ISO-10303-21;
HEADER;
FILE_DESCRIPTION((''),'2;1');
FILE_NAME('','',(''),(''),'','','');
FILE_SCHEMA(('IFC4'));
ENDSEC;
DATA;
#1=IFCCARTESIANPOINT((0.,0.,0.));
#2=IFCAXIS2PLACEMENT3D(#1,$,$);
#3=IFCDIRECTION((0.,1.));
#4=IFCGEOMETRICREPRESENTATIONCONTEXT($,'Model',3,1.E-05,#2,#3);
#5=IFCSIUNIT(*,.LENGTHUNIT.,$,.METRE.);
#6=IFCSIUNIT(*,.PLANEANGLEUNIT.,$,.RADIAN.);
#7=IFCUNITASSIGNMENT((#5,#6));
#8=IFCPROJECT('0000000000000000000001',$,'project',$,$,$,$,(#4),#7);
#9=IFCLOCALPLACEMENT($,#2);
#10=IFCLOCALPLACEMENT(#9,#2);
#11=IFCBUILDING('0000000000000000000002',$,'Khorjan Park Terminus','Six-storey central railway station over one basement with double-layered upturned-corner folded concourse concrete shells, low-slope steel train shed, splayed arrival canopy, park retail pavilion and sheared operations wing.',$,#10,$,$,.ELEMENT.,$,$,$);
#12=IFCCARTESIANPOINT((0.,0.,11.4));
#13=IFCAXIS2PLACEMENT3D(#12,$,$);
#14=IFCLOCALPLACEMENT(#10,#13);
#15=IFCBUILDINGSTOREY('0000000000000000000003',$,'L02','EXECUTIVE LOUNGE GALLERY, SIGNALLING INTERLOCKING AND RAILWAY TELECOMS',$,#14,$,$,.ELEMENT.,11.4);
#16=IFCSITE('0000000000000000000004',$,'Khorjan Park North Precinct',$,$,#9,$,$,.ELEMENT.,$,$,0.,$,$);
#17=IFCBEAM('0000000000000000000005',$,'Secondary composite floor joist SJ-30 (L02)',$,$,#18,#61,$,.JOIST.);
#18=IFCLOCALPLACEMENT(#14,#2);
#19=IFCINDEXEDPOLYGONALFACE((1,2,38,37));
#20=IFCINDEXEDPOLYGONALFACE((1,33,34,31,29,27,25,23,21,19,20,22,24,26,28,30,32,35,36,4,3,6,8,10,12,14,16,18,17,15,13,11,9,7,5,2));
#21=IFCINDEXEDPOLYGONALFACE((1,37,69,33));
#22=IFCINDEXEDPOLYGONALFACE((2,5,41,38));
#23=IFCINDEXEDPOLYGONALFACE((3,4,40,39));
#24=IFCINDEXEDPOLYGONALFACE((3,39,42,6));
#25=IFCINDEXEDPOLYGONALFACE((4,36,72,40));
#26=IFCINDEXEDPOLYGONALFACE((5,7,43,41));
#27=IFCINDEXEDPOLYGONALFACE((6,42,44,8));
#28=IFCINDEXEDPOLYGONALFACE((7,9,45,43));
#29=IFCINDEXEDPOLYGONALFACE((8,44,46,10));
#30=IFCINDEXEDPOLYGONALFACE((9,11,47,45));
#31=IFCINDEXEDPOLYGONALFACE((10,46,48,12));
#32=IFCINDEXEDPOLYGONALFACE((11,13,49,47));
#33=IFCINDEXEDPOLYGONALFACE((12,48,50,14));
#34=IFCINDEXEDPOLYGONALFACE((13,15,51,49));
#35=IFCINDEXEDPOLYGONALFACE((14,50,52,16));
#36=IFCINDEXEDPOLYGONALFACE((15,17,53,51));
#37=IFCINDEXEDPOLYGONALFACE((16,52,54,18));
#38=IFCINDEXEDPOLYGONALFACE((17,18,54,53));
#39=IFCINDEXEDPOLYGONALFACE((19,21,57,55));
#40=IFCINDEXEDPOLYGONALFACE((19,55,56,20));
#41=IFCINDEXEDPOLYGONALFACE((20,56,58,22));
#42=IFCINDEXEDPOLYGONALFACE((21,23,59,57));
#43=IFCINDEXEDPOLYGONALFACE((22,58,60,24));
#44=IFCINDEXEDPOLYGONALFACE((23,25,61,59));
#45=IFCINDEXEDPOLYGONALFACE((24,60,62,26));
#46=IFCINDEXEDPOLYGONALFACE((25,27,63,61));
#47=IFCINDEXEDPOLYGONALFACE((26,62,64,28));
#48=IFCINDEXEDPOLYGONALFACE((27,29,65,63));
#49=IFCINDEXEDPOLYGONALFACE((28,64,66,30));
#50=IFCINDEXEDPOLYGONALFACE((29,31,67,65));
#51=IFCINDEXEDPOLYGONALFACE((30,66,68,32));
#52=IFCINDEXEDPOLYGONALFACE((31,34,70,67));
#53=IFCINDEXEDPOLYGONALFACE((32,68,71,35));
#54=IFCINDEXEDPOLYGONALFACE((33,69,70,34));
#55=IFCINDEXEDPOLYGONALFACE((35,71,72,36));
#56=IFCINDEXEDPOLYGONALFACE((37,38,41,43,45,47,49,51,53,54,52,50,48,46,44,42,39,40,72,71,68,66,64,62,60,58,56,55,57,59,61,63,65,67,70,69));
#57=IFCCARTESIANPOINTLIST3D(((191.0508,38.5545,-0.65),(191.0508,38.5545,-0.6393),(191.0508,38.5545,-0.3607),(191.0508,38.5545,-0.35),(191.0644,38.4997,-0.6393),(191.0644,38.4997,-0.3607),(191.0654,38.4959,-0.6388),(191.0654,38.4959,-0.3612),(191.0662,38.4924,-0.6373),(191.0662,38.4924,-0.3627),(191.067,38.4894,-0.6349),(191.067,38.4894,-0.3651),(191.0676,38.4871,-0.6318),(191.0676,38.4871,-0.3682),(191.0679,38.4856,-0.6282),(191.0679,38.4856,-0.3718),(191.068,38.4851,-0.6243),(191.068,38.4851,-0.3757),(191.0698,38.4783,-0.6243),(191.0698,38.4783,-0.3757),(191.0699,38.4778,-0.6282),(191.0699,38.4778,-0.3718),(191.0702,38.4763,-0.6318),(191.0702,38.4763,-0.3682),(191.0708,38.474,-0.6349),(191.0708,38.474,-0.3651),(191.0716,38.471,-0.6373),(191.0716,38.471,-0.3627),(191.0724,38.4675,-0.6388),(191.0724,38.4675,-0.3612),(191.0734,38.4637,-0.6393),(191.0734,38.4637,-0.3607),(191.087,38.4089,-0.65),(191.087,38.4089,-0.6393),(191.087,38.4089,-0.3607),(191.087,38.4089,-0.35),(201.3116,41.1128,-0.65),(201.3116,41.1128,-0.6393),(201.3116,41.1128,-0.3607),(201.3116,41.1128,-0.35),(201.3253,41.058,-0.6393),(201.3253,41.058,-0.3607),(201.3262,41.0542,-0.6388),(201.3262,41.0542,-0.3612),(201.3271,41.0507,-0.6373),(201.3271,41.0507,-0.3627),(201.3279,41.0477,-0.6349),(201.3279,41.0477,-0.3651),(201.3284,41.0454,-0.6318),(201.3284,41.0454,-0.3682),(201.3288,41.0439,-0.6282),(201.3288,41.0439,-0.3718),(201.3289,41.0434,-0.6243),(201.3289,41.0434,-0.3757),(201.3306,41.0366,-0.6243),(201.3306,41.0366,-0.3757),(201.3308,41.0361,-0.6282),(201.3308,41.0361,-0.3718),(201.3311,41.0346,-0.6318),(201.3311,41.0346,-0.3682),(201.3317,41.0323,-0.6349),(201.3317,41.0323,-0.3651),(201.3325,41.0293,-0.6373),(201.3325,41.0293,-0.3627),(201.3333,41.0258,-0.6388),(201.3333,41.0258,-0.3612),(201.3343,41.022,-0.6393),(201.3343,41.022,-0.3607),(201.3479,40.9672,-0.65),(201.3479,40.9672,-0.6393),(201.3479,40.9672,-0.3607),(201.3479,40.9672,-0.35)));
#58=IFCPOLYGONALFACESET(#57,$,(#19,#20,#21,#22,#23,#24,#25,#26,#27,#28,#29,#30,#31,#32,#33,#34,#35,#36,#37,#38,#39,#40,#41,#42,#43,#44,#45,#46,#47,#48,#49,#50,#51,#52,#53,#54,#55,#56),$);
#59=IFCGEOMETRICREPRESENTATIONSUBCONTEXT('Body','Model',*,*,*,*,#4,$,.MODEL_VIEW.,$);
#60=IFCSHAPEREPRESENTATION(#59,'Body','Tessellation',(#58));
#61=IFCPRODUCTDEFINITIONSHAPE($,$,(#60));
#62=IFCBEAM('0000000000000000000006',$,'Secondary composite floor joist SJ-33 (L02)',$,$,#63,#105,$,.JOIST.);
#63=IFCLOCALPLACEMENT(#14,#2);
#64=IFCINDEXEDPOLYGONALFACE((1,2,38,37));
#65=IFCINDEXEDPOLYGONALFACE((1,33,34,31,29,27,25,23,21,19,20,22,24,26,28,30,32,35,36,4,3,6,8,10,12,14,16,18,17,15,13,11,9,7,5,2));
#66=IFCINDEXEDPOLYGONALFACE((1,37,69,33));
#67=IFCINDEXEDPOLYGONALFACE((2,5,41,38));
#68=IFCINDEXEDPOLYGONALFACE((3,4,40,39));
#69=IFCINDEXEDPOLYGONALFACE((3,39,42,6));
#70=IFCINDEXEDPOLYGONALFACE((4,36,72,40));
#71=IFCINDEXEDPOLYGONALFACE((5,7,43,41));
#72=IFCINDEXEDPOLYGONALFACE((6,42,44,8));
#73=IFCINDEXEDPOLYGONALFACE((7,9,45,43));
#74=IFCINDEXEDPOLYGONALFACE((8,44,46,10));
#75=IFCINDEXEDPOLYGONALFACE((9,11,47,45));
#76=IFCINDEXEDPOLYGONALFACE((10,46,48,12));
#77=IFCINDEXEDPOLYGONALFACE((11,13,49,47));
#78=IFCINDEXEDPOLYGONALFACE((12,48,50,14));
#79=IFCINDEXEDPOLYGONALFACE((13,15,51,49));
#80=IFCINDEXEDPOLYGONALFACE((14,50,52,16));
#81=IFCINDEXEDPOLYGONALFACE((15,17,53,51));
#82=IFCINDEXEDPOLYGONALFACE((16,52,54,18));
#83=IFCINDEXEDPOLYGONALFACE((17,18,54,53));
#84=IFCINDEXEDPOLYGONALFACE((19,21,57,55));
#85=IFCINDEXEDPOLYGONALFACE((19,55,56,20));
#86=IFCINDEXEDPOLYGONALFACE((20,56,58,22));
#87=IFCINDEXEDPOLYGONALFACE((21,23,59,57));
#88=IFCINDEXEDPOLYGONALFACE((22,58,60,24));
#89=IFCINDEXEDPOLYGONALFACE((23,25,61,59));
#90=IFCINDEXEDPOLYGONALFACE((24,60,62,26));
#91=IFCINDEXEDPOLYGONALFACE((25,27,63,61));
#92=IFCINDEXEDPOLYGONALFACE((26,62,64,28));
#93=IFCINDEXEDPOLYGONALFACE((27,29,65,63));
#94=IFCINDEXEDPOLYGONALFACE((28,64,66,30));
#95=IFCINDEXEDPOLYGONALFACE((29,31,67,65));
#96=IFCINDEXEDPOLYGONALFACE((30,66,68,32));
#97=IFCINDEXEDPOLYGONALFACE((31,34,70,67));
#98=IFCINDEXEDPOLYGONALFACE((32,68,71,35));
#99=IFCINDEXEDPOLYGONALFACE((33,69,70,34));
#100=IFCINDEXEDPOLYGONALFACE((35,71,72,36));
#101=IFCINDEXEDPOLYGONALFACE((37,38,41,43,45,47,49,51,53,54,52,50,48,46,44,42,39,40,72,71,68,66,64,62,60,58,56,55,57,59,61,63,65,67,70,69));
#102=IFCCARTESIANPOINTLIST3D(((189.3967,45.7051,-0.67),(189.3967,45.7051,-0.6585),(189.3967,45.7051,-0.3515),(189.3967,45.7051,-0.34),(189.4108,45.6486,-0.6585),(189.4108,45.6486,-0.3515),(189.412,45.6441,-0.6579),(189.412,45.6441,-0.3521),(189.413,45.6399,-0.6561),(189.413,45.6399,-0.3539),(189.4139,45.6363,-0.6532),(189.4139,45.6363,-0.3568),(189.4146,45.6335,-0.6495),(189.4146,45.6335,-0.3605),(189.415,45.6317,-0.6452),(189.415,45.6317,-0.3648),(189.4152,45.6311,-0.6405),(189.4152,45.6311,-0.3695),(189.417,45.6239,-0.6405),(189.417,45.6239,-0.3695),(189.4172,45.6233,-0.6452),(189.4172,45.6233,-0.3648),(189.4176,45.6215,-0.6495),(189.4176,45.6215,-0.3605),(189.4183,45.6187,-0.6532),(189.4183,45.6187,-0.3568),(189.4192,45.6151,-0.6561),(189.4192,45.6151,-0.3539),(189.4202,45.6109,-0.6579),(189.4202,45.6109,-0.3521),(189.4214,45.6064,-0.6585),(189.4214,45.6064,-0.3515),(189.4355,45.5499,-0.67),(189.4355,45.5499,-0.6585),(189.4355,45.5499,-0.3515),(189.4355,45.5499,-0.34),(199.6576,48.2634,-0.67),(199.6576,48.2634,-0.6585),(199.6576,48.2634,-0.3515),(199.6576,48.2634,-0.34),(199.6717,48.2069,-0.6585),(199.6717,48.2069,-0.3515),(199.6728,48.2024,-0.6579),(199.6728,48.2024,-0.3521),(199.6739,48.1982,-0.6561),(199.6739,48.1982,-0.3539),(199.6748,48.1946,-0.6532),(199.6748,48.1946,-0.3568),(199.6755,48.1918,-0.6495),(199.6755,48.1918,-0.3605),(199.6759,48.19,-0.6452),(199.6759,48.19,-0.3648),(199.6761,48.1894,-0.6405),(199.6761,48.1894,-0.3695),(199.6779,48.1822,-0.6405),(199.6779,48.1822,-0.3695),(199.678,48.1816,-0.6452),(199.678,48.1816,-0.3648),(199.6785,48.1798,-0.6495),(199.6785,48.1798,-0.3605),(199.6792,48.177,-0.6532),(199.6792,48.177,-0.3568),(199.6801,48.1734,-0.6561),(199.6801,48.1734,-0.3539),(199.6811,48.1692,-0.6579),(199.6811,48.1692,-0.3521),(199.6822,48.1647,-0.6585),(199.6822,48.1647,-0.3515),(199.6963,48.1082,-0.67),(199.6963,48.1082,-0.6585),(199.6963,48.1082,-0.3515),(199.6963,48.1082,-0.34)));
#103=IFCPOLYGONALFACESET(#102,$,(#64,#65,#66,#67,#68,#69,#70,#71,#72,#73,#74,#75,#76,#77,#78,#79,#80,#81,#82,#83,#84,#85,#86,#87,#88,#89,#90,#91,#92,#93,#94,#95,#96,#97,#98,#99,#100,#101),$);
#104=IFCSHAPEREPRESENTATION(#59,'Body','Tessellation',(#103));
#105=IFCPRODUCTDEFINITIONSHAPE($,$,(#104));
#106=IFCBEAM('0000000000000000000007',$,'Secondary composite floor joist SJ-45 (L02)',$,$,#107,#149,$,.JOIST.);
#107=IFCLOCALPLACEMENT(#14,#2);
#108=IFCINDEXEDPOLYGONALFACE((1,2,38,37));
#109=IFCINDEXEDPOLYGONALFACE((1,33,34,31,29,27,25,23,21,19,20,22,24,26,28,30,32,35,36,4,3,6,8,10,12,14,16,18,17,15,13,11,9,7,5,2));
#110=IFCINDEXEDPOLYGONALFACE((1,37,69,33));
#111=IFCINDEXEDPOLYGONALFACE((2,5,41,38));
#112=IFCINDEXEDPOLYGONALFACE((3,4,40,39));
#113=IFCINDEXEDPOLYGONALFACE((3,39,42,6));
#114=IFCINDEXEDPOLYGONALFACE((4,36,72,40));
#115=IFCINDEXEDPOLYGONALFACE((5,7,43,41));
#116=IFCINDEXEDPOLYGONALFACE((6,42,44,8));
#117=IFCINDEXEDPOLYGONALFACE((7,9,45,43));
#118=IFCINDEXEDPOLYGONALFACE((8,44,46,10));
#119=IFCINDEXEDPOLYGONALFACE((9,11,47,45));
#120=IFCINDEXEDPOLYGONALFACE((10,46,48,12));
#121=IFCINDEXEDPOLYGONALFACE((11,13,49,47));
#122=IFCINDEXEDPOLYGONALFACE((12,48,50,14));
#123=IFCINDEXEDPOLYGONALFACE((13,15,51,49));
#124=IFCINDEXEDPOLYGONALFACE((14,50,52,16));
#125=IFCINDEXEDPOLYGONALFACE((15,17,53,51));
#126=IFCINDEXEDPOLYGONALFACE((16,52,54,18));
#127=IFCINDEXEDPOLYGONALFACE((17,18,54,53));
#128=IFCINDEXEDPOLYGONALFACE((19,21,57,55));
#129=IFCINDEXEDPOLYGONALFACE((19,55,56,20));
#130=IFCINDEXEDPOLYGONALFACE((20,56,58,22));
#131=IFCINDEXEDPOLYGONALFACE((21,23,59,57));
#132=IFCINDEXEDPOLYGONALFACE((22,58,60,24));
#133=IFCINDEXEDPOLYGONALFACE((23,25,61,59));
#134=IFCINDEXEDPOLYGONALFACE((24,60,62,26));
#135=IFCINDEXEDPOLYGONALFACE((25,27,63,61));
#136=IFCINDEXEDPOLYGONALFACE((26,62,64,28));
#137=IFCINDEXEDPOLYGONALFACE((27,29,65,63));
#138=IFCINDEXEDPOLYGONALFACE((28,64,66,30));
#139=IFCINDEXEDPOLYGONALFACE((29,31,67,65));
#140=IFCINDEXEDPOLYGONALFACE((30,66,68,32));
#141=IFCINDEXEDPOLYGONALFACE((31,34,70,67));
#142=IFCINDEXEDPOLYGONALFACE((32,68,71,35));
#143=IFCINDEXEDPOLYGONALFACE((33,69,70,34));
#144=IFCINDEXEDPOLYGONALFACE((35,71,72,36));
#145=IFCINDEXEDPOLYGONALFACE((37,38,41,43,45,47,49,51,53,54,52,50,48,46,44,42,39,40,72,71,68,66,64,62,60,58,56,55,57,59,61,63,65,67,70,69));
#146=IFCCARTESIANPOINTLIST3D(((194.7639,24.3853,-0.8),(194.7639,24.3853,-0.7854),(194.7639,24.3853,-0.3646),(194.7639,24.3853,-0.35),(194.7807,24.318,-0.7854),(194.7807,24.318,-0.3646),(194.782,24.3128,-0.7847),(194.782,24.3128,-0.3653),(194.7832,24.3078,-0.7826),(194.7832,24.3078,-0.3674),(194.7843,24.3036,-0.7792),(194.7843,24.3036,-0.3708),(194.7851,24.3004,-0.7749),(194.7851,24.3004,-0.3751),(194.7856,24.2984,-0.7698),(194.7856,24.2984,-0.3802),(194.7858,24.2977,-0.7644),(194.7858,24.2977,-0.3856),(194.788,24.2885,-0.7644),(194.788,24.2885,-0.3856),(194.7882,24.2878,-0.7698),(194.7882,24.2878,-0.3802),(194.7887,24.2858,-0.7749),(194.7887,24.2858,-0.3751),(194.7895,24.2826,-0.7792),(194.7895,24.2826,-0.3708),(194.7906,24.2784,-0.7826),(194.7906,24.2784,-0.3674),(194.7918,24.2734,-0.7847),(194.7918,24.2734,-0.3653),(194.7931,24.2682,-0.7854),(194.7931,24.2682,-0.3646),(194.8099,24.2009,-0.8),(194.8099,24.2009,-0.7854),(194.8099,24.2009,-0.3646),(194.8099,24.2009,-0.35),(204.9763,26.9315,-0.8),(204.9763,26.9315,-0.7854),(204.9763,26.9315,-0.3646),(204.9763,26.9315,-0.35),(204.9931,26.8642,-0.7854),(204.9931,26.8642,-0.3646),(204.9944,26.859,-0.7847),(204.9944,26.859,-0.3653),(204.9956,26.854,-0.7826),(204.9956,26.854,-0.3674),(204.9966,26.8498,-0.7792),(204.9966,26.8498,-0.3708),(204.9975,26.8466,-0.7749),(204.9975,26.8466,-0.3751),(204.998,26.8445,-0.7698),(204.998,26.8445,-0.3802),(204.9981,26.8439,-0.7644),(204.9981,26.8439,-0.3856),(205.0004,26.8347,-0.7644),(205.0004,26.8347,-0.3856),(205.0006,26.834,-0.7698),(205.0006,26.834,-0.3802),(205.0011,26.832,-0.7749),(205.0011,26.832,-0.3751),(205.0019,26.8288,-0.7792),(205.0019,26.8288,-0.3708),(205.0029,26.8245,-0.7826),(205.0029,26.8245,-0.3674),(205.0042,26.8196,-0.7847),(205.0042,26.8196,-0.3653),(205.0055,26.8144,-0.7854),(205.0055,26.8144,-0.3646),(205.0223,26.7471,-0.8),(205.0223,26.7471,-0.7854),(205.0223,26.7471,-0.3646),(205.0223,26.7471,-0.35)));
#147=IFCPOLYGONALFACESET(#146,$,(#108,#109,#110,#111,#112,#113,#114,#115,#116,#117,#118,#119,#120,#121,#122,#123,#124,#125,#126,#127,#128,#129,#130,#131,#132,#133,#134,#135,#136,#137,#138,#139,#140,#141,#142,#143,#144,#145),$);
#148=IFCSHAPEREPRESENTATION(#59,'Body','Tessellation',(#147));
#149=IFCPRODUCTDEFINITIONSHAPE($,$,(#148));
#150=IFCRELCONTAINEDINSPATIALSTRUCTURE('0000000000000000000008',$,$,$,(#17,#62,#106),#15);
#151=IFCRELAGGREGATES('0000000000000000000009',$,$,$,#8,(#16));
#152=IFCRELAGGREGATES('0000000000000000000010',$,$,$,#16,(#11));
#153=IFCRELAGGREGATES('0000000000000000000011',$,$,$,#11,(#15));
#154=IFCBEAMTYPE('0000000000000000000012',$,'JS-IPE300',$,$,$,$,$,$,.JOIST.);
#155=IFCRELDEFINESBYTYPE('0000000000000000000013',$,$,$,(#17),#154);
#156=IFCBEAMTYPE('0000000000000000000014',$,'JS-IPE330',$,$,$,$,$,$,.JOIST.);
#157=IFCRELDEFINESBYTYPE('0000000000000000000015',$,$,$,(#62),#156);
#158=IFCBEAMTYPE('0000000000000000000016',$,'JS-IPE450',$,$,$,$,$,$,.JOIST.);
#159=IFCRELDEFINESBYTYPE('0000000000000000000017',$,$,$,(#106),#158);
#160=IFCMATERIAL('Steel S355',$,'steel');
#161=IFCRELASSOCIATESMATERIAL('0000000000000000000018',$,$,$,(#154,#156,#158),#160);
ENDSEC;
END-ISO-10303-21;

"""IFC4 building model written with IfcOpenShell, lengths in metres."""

from ifc_helpers import new_model, si_unit, direction, frame, origin, origin_2d, place, context, subcontext, project, spatial, i_section, extrude, material, material_profile, profile_set, type_object, element, save


model = new_model("IFC4")

# Units and contexts
model_context = context("Model", 3, precision=1e-05, world=origin(), true_north=direction((0.0, 1.0)))
body_context = subcontext(model_context, "Body", "Model", "MODEL_VIEW")
ifc_project = project(units=[si_unit("LENGTHUNIT", "METRE"), si_unit("PLANEANGLEUNIT", "RADIAN")], contexts=[model_context])

# Site, building, storey
site_placement = place(None, origin())
site = spatial("IfcSite", under=ifc_project, at=site_placement, Name="Khorjan Park North Precinct", CompositionType="ELEMENT", RefElevation=0.0)
building_placement = place(site_placement, origin())
building = spatial("IfcBuilding", under=site, at=building_placement, Name="Khorjan Park Terminus", Description="Six-storey central railway station over one basement with double-layered upturned-corner folded concourse concrete shells, low-slope steel train shed, splayed arrival canopy, park retail pavilion and sheared operations wing.", CompositionType="ELEMENT")
storey_placement = place(building_placement, frame((0.0, 0.0, 11.4)))
storey = spatial("IfcBuildingStorey", under=building, at=storey_placement, Name="L02", Description="EXECUTIVE LOUNGE GALLERY, SIGNALLING INTERLOCKING AND RAILWAY TELECOMS", CompositionType="ELEMENT", Elevation=11.4)

# Beams
ifc_material_1 = material(Name="Steel S355", Category="steel")
ifc_material_profile_1 = material_profile(ifc_material_1, i_section(OverallWidth=0.15, OverallDepth=0.3, WebThickness=0.0071, FlangeThickness=0.0107, FilletRadius=0.015, at=origin_2d()), Name="IPE 300")
ifc_profile_set_1 = profile_set([ifc_material_profile_1], Name="Steel S355")
beam_type_1 = type_object("IfcBeamType", Name="JS-IPE300", PredefinedType="JOIST", material=ifc_profile_set_1)
beam_1_placement = place(storey_placement, frame((191.0689, 38.4817, -0.5), z_axis=(0.970296, 0.241919, 0.0), x_axis=(-0.241919, 0.970296, 0.0)))
element("IfcBeam", 1, at=beam_1_placement, inside=storey, type_object=beam_type_1, Name="Secondary composite floor joist SJ-30 (L02)", PredefinedType="JOIST", context=body_context, shape_type="SweptSolid", body=[
    extrude(i_section(OverallWidth=0.15, OverallDepth=0.3, WebThickness=0.0071, FlangeThickness=0.0107, FilletRadius=0.015, at=origin_2d()), origin(), (0.0, 0.0, 1.0), 10.575),
])
ifc_material_profile_2 = material_profile(ifc_material_1, i_section(OverallWidth=0.16, OverallDepth=0.33, WebThickness=0.0075, FlangeThickness=0.0115, FilletRadius=0.018, at=origin_2d()), Name="IPE 330")
ifc_profile_set_2 = profile_set([ifc_material_profile_2], Name="Steel S355")
beam_type_2 = type_object("IfcBeamType", Name="JS-IPE330", PredefinedType="JOIST", material=ifc_profile_set_2)
beam_2_placement = place(storey_placement, frame((189.4161, 45.6275, -0.505), z_axis=(0.970296, 0.241919, 0.0), x_axis=(-0.241919, 0.970296, 0.0)))
element("IfcBeam", 2, at=beam_2_placement, inside=storey, type_object=beam_type_2, Name="Secondary composite floor joist SJ-33 (L02)", PredefinedType="JOIST", context=body_context, shape_type="SweptSolid", body=[
    extrude(i_section(OverallWidth=0.16, OverallDepth=0.33, WebThickness=0.0075, FlangeThickness=0.0115, FilletRadius=0.018, at=origin_2d()), origin(), (0.0, 0.0, 1.0), 10.575),
])
ifc_material_profile_3 = material_profile(ifc_material_1, i_section(OverallWidth=0.19, OverallDepth=0.45, WebThickness=0.0094, FlangeThickness=0.0146, FilletRadius=0.021, at=origin_2d()), Name="IPE 450")
ifc_profile_set_3 = profile_set([ifc_material_profile_3], Name="Steel S355")
beam_type_3 = type_object("IfcBeamType", Name="JS-IPE450", PredefinedType="JOIST", material=ifc_profile_set_3)
beam_3_placement = place(storey_placement, frame((194.7869, 24.2931, -0.575), z_axis=(0.970297, 0.241919, 0.0), x_axis=(-0.241919, 0.970297, 0.0)))
element("IfcBeam", 3, at=beam_3_placement, inside=storey, type_object=beam_type_3, Name="Secondary composite floor joist SJ-45 (L02)", PredefinedType="JOIST", context=body_context, shape_type="SweptSolid", body=[
    extrude(i_section(OverallWidth=0.19, OverallDepth=0.45, WebThickness=0.0094, FlangeThickness=0.0146, FilletRadius=0.021, at=origin_2d()), origin(), (0.0, 0.0, 1.0), 10.525),
])

save(model, "model.ifc")
